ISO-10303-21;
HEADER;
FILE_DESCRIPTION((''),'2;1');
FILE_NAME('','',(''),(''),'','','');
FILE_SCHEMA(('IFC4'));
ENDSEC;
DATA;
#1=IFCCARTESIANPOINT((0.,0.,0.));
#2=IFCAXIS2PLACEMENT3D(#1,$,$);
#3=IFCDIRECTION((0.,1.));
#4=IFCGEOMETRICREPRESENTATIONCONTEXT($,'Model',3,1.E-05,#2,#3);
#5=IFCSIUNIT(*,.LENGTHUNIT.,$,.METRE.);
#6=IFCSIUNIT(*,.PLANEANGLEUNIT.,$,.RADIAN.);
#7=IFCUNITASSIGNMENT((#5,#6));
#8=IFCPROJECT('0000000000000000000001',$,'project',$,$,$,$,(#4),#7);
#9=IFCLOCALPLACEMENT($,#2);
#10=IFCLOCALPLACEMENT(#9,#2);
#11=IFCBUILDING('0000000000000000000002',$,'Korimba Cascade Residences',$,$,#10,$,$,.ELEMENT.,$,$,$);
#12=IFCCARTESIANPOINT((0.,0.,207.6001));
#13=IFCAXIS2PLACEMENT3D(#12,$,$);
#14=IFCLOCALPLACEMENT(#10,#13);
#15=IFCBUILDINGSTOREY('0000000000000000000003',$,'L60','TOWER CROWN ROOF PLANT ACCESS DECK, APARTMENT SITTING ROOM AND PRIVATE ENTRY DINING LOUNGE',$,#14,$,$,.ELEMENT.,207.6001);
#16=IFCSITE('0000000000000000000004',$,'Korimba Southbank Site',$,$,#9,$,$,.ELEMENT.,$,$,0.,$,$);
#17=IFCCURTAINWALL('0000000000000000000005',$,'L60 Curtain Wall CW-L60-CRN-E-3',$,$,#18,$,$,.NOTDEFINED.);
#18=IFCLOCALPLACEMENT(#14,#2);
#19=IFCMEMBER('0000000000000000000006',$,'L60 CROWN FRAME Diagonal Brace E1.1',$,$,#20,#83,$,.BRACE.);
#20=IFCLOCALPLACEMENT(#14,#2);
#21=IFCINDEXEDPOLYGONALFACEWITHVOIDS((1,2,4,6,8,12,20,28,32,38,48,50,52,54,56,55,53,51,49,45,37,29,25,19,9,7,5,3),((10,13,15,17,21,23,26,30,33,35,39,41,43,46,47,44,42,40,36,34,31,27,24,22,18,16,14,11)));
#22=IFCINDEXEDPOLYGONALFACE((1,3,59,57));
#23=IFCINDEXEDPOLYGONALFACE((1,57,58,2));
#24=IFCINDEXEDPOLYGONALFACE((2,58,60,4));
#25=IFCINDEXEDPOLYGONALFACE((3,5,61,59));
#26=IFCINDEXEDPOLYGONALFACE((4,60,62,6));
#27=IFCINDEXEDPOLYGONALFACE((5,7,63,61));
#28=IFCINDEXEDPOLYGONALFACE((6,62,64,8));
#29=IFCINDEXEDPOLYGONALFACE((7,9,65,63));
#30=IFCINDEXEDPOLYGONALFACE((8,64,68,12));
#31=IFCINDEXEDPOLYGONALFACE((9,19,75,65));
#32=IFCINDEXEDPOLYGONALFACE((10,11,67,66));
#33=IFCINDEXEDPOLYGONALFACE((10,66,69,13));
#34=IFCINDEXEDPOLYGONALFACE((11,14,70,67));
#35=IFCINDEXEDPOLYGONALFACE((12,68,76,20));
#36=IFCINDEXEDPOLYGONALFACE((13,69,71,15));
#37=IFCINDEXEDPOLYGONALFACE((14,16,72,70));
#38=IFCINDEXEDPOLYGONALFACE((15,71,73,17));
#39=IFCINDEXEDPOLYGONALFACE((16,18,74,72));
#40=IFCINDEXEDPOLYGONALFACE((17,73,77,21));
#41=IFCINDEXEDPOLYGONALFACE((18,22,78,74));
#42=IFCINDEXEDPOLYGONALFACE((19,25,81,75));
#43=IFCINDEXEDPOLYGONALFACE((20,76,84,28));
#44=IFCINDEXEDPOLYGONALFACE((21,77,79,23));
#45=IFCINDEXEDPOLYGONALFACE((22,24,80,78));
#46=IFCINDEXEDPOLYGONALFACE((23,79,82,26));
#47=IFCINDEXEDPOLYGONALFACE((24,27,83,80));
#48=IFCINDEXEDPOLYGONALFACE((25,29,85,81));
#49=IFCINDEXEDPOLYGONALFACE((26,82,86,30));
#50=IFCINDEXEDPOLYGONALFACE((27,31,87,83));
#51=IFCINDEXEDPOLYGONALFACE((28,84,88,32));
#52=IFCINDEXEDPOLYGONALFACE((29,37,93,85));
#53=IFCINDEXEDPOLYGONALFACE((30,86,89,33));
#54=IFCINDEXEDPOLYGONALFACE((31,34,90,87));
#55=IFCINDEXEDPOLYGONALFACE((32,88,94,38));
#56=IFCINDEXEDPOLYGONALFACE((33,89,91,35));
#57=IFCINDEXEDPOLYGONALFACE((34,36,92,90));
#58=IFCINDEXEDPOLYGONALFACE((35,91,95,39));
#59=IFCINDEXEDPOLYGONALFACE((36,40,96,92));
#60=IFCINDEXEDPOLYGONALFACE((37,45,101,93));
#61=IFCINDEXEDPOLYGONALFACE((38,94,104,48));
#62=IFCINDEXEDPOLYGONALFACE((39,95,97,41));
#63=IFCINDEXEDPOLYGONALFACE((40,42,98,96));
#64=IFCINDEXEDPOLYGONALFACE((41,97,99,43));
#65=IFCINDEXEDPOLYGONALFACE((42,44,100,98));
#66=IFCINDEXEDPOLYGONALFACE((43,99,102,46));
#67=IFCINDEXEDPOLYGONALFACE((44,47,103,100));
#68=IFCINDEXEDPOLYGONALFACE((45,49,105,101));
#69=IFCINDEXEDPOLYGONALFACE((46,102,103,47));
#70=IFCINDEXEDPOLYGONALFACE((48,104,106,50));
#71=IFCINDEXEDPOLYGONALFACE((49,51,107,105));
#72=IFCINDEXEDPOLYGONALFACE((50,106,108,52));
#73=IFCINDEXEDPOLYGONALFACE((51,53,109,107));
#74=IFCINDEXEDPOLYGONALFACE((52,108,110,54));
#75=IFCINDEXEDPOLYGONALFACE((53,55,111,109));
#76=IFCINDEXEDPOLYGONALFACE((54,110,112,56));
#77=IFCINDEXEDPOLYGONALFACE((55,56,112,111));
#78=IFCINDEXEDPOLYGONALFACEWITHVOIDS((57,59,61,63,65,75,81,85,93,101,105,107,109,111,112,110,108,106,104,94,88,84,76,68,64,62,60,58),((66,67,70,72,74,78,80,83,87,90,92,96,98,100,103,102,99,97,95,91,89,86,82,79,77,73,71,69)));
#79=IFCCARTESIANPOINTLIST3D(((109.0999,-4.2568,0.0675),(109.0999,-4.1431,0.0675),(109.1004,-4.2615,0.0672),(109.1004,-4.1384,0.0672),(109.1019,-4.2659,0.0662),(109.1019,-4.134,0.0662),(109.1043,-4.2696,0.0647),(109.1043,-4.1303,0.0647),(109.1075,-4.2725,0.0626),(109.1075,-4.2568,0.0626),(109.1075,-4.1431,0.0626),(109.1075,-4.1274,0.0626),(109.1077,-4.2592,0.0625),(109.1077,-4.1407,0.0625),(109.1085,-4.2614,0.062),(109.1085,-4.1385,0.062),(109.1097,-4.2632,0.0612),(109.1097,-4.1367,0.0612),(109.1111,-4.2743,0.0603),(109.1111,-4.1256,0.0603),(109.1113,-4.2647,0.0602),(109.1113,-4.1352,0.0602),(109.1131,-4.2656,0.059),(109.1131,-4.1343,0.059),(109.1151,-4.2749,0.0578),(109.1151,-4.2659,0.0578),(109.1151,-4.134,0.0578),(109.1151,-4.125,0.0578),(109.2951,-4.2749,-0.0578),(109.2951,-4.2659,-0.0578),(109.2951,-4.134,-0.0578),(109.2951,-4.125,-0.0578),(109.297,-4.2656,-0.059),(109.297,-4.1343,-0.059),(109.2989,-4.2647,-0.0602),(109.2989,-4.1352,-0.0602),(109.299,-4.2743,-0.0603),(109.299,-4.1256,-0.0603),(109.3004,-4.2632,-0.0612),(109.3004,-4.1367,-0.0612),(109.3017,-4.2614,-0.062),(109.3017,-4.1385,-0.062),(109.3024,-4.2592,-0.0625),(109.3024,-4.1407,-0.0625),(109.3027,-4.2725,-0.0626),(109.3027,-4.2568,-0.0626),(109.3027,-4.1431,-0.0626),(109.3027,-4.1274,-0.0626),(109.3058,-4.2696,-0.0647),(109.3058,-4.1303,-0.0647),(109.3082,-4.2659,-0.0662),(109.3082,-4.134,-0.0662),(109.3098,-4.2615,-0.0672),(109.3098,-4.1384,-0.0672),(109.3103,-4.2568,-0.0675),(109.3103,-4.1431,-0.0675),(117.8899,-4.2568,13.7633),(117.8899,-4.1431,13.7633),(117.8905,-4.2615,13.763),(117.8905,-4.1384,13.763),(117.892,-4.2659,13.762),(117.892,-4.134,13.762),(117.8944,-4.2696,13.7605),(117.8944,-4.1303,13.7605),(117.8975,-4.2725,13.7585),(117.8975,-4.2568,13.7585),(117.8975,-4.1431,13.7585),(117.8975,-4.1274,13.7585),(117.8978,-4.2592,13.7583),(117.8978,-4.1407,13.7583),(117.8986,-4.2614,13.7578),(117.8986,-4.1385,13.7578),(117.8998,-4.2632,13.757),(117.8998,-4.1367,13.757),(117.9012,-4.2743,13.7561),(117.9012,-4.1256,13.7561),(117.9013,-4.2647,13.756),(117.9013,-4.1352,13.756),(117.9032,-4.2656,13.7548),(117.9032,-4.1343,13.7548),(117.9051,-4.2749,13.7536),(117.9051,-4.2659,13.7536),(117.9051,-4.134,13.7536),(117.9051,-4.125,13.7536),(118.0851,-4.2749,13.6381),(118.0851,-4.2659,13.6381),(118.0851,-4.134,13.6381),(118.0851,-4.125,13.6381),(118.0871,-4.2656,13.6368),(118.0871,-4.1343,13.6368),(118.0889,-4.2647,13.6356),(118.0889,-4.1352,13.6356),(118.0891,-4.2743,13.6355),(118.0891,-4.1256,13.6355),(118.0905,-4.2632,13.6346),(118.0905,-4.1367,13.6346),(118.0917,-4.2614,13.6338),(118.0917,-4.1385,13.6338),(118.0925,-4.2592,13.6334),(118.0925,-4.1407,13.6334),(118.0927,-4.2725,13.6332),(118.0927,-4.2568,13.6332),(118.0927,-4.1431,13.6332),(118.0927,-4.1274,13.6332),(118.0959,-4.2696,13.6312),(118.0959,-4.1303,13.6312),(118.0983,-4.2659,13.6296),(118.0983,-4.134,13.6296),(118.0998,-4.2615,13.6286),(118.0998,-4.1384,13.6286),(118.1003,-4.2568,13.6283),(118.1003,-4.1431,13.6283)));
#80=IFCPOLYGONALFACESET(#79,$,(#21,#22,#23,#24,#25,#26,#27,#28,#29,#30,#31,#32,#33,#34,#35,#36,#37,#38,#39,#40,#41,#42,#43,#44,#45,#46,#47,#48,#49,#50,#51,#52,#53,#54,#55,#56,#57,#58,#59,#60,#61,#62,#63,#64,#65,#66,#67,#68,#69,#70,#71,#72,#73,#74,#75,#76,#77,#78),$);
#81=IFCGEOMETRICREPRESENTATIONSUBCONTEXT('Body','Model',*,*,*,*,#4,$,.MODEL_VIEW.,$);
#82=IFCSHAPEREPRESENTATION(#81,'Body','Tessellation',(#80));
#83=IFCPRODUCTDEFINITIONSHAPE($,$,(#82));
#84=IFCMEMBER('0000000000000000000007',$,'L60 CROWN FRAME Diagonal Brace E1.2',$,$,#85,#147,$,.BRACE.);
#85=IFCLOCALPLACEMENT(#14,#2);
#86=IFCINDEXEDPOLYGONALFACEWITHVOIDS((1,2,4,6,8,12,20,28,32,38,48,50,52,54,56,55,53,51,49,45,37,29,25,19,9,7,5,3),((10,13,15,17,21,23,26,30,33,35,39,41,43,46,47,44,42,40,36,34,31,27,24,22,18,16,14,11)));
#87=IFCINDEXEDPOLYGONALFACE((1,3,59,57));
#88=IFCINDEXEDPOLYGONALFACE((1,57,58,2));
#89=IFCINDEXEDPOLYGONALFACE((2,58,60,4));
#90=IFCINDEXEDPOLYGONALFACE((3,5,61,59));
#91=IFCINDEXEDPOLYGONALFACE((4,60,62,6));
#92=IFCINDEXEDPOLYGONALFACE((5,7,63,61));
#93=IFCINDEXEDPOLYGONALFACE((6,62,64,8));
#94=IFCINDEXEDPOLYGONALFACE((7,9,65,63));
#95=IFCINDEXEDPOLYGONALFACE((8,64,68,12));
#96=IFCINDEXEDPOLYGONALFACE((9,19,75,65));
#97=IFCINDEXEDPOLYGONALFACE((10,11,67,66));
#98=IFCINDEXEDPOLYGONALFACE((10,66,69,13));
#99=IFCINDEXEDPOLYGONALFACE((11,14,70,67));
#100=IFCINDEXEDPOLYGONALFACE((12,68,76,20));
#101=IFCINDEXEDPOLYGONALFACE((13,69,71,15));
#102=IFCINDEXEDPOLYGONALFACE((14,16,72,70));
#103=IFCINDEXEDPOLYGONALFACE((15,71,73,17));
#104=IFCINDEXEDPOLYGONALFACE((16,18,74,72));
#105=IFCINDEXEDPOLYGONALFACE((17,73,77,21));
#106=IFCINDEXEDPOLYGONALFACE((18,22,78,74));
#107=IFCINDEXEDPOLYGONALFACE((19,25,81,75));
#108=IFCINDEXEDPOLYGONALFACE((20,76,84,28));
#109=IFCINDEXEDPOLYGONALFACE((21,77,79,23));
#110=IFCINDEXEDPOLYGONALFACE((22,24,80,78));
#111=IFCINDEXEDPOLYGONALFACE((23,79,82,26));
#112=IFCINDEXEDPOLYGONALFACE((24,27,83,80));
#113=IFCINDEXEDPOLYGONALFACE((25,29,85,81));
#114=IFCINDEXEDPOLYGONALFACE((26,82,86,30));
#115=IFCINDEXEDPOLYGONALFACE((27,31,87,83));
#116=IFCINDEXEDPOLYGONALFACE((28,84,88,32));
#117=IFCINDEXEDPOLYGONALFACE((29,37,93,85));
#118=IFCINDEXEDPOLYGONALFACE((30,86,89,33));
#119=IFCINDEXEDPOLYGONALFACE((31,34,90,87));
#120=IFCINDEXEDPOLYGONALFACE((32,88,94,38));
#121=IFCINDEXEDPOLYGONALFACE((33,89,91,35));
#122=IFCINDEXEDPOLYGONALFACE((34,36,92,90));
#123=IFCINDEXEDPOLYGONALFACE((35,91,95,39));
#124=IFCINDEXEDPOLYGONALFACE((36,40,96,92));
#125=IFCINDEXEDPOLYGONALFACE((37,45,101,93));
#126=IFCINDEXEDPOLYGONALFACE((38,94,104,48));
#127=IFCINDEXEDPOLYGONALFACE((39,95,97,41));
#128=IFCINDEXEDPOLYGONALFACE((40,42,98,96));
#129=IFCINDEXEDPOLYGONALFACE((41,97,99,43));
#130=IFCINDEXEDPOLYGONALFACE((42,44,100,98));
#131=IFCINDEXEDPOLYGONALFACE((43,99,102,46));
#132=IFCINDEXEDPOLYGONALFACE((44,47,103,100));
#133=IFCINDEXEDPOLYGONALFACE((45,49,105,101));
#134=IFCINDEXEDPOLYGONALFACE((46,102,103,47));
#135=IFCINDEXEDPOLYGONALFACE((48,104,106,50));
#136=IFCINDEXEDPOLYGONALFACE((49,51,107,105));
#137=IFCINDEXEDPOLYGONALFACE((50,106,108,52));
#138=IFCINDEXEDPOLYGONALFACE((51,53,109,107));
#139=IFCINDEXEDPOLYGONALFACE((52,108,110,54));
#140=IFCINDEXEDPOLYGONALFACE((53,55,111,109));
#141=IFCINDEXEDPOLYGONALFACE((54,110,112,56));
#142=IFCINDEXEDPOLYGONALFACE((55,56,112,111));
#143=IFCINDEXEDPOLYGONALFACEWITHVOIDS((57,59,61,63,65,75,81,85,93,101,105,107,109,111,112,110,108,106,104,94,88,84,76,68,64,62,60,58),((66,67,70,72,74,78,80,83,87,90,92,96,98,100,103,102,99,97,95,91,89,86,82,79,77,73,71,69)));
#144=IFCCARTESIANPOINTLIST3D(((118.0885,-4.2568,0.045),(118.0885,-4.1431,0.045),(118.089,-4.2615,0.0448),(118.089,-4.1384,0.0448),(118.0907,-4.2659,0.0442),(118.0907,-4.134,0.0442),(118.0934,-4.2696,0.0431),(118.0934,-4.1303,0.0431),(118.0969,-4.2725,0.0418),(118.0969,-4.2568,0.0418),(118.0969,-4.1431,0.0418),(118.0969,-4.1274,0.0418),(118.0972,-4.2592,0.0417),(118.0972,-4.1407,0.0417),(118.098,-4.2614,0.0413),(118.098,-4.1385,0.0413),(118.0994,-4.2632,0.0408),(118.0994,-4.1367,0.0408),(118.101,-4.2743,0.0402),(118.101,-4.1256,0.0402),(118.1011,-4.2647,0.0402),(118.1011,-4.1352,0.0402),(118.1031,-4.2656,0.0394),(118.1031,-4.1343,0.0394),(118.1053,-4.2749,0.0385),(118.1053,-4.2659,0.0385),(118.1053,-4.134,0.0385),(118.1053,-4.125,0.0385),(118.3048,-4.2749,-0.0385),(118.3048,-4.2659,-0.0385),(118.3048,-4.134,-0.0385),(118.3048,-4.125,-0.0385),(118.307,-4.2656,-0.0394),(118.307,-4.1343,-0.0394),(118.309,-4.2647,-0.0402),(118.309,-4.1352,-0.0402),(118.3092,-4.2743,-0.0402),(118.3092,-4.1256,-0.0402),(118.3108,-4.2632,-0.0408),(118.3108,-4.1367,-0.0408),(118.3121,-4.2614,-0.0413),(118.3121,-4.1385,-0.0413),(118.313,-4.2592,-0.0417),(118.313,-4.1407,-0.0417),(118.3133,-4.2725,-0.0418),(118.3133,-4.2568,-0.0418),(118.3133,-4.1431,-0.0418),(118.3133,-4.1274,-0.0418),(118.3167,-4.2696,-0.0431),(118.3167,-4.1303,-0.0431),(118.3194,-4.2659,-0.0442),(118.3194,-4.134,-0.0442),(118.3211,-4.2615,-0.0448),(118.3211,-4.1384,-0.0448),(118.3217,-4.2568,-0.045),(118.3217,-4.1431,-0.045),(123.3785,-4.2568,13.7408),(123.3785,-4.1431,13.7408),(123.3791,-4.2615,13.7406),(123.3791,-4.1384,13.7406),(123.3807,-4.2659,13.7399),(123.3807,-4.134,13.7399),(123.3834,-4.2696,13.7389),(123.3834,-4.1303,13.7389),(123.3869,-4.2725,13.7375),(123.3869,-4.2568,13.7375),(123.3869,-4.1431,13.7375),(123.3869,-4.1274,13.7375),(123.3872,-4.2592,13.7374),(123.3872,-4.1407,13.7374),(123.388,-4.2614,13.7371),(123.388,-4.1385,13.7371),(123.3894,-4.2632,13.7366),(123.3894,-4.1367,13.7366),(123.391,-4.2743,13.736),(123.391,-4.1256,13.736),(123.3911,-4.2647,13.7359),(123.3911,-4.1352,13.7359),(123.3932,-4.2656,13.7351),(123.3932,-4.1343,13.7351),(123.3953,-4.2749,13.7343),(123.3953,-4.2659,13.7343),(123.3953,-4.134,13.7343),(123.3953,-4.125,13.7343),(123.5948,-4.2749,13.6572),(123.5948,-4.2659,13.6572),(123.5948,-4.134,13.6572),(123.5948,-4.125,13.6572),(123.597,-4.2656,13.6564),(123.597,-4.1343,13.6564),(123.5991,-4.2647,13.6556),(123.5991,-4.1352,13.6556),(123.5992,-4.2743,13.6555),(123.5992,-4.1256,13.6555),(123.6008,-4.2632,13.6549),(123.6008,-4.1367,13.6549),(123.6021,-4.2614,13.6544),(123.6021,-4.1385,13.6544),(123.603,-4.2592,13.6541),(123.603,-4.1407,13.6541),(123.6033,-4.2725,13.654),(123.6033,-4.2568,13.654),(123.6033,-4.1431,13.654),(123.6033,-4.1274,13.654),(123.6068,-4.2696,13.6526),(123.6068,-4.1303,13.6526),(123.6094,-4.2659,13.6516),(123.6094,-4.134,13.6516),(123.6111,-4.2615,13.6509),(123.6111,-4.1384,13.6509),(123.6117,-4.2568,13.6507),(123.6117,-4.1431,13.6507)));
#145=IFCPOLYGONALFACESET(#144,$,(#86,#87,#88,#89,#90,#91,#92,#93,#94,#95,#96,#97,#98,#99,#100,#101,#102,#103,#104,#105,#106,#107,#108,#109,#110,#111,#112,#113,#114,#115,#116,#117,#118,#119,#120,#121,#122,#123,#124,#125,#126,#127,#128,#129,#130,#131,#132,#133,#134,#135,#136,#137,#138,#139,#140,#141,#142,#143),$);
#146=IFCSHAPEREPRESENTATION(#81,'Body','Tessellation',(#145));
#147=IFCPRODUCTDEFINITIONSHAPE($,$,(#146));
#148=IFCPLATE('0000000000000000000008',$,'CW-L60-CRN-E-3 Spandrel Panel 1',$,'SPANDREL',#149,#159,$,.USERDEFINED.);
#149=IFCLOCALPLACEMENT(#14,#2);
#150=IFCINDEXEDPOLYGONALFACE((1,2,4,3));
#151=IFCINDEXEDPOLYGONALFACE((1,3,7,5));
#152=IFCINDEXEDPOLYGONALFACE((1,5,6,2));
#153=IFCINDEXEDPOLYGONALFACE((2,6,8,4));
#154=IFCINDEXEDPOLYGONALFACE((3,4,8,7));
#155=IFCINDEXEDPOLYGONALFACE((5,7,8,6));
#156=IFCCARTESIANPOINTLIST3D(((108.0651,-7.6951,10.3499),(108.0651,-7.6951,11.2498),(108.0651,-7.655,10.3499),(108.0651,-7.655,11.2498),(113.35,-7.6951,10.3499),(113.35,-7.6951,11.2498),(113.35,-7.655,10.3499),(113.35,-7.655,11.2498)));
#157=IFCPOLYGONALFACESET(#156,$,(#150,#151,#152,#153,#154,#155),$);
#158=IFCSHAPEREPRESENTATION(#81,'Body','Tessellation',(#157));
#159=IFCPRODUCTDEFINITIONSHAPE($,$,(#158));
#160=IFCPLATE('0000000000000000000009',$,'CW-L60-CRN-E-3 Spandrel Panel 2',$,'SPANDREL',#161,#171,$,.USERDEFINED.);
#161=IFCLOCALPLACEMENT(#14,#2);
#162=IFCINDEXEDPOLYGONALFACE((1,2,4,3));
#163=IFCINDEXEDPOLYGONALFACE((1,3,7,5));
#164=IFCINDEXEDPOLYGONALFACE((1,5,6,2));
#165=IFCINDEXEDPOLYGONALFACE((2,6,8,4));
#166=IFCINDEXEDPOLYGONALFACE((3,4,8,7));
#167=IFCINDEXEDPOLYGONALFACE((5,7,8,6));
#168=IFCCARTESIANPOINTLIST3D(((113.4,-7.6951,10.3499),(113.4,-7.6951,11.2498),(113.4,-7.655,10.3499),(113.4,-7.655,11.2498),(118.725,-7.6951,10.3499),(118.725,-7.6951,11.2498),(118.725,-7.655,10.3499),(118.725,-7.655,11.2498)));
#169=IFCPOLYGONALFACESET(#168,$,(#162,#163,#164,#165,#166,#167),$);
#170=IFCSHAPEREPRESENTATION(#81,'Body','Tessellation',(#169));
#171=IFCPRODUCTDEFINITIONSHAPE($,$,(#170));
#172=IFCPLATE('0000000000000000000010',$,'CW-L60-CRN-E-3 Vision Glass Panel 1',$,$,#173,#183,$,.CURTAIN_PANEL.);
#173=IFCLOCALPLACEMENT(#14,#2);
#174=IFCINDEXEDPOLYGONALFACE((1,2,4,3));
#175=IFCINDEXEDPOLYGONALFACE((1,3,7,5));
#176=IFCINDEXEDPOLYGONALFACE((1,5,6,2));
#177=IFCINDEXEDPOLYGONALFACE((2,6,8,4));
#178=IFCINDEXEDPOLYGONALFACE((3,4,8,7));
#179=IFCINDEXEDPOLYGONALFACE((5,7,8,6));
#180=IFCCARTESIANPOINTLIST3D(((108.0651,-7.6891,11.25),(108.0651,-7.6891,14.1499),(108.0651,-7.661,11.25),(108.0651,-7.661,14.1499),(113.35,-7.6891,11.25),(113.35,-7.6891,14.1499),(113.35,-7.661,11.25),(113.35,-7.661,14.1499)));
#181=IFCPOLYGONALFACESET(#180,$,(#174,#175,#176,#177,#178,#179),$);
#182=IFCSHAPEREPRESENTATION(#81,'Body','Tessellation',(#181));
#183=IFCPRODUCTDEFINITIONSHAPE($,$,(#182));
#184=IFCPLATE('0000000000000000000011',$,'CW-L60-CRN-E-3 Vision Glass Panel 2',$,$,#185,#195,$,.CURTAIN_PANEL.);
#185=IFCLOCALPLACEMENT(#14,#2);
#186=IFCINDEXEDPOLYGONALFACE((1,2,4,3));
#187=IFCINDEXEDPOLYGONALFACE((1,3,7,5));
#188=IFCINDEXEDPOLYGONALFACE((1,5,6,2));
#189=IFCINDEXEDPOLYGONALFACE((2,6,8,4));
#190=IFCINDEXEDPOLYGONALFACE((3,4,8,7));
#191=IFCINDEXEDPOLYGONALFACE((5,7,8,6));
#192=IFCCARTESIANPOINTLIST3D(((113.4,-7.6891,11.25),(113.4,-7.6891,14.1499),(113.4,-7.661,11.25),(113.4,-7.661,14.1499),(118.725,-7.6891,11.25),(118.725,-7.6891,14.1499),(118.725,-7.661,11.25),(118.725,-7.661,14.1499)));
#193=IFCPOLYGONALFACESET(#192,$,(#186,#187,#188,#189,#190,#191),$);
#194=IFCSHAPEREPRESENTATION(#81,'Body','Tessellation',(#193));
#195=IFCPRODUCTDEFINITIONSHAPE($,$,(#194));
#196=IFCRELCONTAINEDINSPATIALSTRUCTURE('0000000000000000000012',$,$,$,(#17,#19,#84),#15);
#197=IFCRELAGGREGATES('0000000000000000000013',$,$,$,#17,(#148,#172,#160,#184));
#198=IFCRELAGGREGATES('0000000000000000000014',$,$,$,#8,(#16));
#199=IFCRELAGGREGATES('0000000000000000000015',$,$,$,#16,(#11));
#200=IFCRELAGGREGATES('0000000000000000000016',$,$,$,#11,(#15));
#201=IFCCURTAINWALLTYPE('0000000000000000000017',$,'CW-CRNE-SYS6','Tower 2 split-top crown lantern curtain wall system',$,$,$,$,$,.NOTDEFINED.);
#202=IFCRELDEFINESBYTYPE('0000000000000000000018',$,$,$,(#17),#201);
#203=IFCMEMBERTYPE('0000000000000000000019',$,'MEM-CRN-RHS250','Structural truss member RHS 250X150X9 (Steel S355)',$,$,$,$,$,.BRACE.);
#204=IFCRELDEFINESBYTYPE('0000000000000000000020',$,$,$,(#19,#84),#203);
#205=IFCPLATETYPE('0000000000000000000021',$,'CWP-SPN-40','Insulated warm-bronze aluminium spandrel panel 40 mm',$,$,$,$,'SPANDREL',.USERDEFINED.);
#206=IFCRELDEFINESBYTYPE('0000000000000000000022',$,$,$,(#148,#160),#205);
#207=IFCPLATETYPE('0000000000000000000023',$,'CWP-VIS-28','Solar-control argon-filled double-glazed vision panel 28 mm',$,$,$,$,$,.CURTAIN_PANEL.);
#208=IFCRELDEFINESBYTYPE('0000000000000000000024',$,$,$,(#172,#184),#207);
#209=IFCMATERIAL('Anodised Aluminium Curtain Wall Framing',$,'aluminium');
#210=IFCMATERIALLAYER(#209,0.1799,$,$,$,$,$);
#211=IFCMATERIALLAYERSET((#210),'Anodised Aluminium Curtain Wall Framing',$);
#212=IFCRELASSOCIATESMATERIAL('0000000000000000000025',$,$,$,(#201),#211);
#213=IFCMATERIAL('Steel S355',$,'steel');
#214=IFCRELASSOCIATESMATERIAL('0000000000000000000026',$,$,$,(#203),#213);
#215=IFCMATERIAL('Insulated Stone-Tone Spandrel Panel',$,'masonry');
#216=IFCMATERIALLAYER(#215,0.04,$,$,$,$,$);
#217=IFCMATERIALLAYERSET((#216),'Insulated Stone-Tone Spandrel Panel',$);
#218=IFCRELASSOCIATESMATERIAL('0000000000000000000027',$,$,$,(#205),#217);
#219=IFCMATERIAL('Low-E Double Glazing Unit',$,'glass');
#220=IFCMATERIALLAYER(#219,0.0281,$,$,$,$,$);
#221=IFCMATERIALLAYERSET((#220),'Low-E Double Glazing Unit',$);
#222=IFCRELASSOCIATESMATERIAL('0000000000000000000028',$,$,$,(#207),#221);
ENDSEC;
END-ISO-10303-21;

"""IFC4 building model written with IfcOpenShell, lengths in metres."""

from ifc_helpers import new_model, si_unit, direction, frame, origin, origin_2d, place, context, subcontext, project, spatial, rectangle, hollow_rectangle, extrude, material, layer, layer_set, material_profile, profile_set, type_object, element, aggregate, save


model = new_model("IFC4")

# Units and contexts
model_context = context("Model", 3, precision=1e-05, world=origin(), true_north=direction((0.0, 1.0)))
body_context = subcontext(model_context, "Body", "Model", "MODEL_VIEW")
ifc_project = project(units=[si_unit("LENGTHUNIT", "METRE"), si_unit("PLANEANGLEUNIT", "RADIAN")], contexts=[model_context])

# Site, building, storey
site_placement = place(None, origin())
site = spatial("IfcSite", under=ifc_project, at=site_placement, Name="Korimba Southbank Site", CompositionType="ELEMENT", RefElevation=0.0)
building_placement = place(site_placement, origin())
building = spatial("IfcBuilding", under=site, at=building_placement, Name="Korimba Cascade Residences", CompositionType="ELEMENT")
storey_placement = place(building_placement, frame((0.0, 0.0, 207.6001)))
storey = spatial("IfcBuildingStorey", under=building, at=storey_placement, Name="L60", Description="TOWER CROWN ROOF PLANT ACCESS DECK, APARTMENT SITTING ROOM AND PRIVATE ENTRY DINING LOUNGE", CompositionType="ELEMENT", Elevation=207.6001)

# Shared definitions
ifc_material_1 = material(Name="Steel S355", Category="steel")

# Curtain wall
ifc_material_2 = material(Name="Anodised Aluminium Curtain Wall Framing", Category="aluminium")
ifc_layer_1 = layer(ifc_material_2, 0.1799)
ifc_layer_set_1 = layer_set([ifc_layer_1], Name="Anodised Aluminium Curtain Wall Framing")
curtain_wall_type = type_object("IfcCurtainWallType", Name="CW-CRNE-SYS6", Description="Tower 2 split-top crown lantern curtain wall system", PredefinedType="NOTDEFINED", material=ifc_layer_set_1)
curtain_wall_placement = place(storey_placement, origin())
curtain_wall = element("IfcCurtainWall", 1, at=curtain_wall_placement, inside=storey, type_object=curtain_wall_type, Name="L60 Curtain Wall CW-L60-CRN-E-3", PredefinedType="NOTDEFINED")

# Members
ifc_material_profile_1 = material_profile(ifc_material_1, hollow_rectangle(XDim=0.1499, YDim=0.25, WallThickness=0.009, InnerFilletRadius=0.009, OuterFilletRadius=0.0181, at=origin_2d()), Name="Steel S355")
ifc_profile_set_1 = profile_set([ifc_material_profile_1], Name="Steel S355")
member_type_1 = type_object("IfcMemberType", Name="MEM-CRN-RHS250", Description="Structural truss member RHS 250X150X9 (Steel S355)", PredefinedType="BRACE", material=ifc_profile_set_1)
member_1_placement = place(storey_placement, frame((109.2051, -4.2, 0.0), z_axis=(0.540131, 0.0, 0.841581), x_axis=(0.0, 1.0, 0.0)))
element("IfcMember", 2, at=member_1_placement, inside=storey, type_object=member_type_1, Name="L60 CROWN FRAME Diagonal Brace E1.1", PredefinedType="BRACE", context=body_context, shape_type="SweptSolid", body=[
    extrude(hollow_rectangle(XDim=0.1499, YDim=0.25, WallThickness=0.009, InnerFilletRadius=0.009, OuterFilletRadius=0.0181, at=origin_2d()), origin(), (0.0, 0.0, 1.0), 16.2739),
])
member_2_placement = place(storey_placement, frame((118.2051, -4.2, 0.0), z_axis=(0.360309, 0.0, 0.932833), x_axis=(0.0, 1.0, 0.0)))
element("IfcMember", 3, at=member_2_placement, inside=storey, type_object=member_type_1, Name="L60 CROWN FRAME Diagonal Brace E1.2", PredefinedType="BRACE", context=body_context, shape_type="SweptSolid", body=[
    extrude(hollow_rectangle(XDim=0.1499, YDim=0.25, WallThickness=0.009, InnerFilletRadius=0.009, OuterFilletRadius=0.0181, at=origin_2d()), origin(), (0.0, 0.0, 1.0), 14.6819),
])

# Plates
ifc_material_3 = material(Name="Insulated Stone-Tone Spandrel Panel", Category="masonry")
ifc_layer_2 = layer(ifc_material_3, 0.04)
ifc_layer_set_2 = layer_set([ifc_layer_2], Name="Insulated Stone-Tone Spandrel Panel")
plate_type_1 = type_object("IfcPlateType", Name="CWP-SPN-40", Description="Insulated warm-bronze aluminium spandrel panel 40 mm", ElementType="SPANDREL", PredefinedType="USERDEFINED", material=ifc_layer_set_2)
plate_1_placement = place(storey_placement, frame((110.7075, -7.675, 10.3499), z_axis=(0.0, 0.0, 1.0), x_axis=(1.0, 0.0, 0.0)))
plate_1 = element("IfcPlate", 4, at=plate_1_placement, type_object=plate_type_1, Name="CW-L60-CRN-E-3 Spandrel Panel 1", ObjectType="SPANDREL", PredefinedType="USERDEFINED", context=body_context, shape_type="SweptSolid", body=[
    extrude(rectangle(XDim=5.2849, YDim=0.04, at=origin_2d()), origin(), (0.0, 0.0, 1.0), 0.8999),
])
plate_2_placement = place(storey_placement, frame((116.0625, -7.675, 10.3499), z_axis=(0.0, 0.0, 1.0), x_axis=(1.0, 0.0, 0.0)))
plate_2 = element("IfcPlate", 5, at=plate_2_placement, type_object=plate_type_1, Name="CW-L60-CRN-E-3 Spandrel Panel 2", ObjectType="SPANDREL", PredefinedType="USERDEFINED", context=body_context, shape_type="SweptSolid", body=[
    extrude(rectangle(XDim=5.325, YDim=0.04, at=origin_2d()), origin(), (0.0, 0.0, 1.0), 0.8999),
])
ifc_material_4 = material(Name="Low-E Double Glazing Unit", Category="glass")
ifc_layer_3 = layer(ifc_material_4, 0.0281)
ifc_layer_set_3 = layer_set([ifc_layer_3], Name="Low-E Double Glazing Unit")
plate_type_2 = type_object("IfcPlateType", Name="CWP-VIS-28", Description="Solar-control argon-filled double-glazed vision panel 28 mm", PredefinedType="CURTAIN_PANEL", material=ifc_layer_set_3)
plate_3_placement = place(storey_placement, frame((110.7075, -7.675, 11.25), z_axis=(0.0, 0.0, 1.0), x_axis=(1.0, 0.0, 0.0)))
plate_3 = element("IfcPlate", 6, at=plate_3_placement, type_object=plate_type_2, Name="CW-L60-CRN-E-3 Vision Glass Panel 1", PredefinedType="CURTAIN_PANEL", context=body_context, shape_type="SweptSolid", body=[
    extrude(rectangle(XDim=5.2849, YDim=0.0281, at=origin_2d()), origin(), (0.0, 0.0, 1.0), 2.8999),
])
plate_4_placement = place(storey_placement, frame((116.0625, -7.675, 11.25), z_axis=(0.0, 0.0, 1.0), x_axis=(1.0, 0.0, 0.0)))
plate_4 = element("IfcPlate", 7, at=plate_4_placement, type_object=plate_type_2, Name="CW-L60-CRN-E-3 Vision Glass Panel 2", PredefinedType="CURTAIN_PANEL", context=body_context, shape_type="SweptSolid", body=[
    extrude(rectangle(XDim=5.325, YDim=0.0281, at=origin_2d()), origin(), (0.0, 0.0, 1.0), 2.8999),
])
aggregate(curtain_wall, [plate_1, plate_3, plate_2, plate_4])

save(model, "model.ifc")
